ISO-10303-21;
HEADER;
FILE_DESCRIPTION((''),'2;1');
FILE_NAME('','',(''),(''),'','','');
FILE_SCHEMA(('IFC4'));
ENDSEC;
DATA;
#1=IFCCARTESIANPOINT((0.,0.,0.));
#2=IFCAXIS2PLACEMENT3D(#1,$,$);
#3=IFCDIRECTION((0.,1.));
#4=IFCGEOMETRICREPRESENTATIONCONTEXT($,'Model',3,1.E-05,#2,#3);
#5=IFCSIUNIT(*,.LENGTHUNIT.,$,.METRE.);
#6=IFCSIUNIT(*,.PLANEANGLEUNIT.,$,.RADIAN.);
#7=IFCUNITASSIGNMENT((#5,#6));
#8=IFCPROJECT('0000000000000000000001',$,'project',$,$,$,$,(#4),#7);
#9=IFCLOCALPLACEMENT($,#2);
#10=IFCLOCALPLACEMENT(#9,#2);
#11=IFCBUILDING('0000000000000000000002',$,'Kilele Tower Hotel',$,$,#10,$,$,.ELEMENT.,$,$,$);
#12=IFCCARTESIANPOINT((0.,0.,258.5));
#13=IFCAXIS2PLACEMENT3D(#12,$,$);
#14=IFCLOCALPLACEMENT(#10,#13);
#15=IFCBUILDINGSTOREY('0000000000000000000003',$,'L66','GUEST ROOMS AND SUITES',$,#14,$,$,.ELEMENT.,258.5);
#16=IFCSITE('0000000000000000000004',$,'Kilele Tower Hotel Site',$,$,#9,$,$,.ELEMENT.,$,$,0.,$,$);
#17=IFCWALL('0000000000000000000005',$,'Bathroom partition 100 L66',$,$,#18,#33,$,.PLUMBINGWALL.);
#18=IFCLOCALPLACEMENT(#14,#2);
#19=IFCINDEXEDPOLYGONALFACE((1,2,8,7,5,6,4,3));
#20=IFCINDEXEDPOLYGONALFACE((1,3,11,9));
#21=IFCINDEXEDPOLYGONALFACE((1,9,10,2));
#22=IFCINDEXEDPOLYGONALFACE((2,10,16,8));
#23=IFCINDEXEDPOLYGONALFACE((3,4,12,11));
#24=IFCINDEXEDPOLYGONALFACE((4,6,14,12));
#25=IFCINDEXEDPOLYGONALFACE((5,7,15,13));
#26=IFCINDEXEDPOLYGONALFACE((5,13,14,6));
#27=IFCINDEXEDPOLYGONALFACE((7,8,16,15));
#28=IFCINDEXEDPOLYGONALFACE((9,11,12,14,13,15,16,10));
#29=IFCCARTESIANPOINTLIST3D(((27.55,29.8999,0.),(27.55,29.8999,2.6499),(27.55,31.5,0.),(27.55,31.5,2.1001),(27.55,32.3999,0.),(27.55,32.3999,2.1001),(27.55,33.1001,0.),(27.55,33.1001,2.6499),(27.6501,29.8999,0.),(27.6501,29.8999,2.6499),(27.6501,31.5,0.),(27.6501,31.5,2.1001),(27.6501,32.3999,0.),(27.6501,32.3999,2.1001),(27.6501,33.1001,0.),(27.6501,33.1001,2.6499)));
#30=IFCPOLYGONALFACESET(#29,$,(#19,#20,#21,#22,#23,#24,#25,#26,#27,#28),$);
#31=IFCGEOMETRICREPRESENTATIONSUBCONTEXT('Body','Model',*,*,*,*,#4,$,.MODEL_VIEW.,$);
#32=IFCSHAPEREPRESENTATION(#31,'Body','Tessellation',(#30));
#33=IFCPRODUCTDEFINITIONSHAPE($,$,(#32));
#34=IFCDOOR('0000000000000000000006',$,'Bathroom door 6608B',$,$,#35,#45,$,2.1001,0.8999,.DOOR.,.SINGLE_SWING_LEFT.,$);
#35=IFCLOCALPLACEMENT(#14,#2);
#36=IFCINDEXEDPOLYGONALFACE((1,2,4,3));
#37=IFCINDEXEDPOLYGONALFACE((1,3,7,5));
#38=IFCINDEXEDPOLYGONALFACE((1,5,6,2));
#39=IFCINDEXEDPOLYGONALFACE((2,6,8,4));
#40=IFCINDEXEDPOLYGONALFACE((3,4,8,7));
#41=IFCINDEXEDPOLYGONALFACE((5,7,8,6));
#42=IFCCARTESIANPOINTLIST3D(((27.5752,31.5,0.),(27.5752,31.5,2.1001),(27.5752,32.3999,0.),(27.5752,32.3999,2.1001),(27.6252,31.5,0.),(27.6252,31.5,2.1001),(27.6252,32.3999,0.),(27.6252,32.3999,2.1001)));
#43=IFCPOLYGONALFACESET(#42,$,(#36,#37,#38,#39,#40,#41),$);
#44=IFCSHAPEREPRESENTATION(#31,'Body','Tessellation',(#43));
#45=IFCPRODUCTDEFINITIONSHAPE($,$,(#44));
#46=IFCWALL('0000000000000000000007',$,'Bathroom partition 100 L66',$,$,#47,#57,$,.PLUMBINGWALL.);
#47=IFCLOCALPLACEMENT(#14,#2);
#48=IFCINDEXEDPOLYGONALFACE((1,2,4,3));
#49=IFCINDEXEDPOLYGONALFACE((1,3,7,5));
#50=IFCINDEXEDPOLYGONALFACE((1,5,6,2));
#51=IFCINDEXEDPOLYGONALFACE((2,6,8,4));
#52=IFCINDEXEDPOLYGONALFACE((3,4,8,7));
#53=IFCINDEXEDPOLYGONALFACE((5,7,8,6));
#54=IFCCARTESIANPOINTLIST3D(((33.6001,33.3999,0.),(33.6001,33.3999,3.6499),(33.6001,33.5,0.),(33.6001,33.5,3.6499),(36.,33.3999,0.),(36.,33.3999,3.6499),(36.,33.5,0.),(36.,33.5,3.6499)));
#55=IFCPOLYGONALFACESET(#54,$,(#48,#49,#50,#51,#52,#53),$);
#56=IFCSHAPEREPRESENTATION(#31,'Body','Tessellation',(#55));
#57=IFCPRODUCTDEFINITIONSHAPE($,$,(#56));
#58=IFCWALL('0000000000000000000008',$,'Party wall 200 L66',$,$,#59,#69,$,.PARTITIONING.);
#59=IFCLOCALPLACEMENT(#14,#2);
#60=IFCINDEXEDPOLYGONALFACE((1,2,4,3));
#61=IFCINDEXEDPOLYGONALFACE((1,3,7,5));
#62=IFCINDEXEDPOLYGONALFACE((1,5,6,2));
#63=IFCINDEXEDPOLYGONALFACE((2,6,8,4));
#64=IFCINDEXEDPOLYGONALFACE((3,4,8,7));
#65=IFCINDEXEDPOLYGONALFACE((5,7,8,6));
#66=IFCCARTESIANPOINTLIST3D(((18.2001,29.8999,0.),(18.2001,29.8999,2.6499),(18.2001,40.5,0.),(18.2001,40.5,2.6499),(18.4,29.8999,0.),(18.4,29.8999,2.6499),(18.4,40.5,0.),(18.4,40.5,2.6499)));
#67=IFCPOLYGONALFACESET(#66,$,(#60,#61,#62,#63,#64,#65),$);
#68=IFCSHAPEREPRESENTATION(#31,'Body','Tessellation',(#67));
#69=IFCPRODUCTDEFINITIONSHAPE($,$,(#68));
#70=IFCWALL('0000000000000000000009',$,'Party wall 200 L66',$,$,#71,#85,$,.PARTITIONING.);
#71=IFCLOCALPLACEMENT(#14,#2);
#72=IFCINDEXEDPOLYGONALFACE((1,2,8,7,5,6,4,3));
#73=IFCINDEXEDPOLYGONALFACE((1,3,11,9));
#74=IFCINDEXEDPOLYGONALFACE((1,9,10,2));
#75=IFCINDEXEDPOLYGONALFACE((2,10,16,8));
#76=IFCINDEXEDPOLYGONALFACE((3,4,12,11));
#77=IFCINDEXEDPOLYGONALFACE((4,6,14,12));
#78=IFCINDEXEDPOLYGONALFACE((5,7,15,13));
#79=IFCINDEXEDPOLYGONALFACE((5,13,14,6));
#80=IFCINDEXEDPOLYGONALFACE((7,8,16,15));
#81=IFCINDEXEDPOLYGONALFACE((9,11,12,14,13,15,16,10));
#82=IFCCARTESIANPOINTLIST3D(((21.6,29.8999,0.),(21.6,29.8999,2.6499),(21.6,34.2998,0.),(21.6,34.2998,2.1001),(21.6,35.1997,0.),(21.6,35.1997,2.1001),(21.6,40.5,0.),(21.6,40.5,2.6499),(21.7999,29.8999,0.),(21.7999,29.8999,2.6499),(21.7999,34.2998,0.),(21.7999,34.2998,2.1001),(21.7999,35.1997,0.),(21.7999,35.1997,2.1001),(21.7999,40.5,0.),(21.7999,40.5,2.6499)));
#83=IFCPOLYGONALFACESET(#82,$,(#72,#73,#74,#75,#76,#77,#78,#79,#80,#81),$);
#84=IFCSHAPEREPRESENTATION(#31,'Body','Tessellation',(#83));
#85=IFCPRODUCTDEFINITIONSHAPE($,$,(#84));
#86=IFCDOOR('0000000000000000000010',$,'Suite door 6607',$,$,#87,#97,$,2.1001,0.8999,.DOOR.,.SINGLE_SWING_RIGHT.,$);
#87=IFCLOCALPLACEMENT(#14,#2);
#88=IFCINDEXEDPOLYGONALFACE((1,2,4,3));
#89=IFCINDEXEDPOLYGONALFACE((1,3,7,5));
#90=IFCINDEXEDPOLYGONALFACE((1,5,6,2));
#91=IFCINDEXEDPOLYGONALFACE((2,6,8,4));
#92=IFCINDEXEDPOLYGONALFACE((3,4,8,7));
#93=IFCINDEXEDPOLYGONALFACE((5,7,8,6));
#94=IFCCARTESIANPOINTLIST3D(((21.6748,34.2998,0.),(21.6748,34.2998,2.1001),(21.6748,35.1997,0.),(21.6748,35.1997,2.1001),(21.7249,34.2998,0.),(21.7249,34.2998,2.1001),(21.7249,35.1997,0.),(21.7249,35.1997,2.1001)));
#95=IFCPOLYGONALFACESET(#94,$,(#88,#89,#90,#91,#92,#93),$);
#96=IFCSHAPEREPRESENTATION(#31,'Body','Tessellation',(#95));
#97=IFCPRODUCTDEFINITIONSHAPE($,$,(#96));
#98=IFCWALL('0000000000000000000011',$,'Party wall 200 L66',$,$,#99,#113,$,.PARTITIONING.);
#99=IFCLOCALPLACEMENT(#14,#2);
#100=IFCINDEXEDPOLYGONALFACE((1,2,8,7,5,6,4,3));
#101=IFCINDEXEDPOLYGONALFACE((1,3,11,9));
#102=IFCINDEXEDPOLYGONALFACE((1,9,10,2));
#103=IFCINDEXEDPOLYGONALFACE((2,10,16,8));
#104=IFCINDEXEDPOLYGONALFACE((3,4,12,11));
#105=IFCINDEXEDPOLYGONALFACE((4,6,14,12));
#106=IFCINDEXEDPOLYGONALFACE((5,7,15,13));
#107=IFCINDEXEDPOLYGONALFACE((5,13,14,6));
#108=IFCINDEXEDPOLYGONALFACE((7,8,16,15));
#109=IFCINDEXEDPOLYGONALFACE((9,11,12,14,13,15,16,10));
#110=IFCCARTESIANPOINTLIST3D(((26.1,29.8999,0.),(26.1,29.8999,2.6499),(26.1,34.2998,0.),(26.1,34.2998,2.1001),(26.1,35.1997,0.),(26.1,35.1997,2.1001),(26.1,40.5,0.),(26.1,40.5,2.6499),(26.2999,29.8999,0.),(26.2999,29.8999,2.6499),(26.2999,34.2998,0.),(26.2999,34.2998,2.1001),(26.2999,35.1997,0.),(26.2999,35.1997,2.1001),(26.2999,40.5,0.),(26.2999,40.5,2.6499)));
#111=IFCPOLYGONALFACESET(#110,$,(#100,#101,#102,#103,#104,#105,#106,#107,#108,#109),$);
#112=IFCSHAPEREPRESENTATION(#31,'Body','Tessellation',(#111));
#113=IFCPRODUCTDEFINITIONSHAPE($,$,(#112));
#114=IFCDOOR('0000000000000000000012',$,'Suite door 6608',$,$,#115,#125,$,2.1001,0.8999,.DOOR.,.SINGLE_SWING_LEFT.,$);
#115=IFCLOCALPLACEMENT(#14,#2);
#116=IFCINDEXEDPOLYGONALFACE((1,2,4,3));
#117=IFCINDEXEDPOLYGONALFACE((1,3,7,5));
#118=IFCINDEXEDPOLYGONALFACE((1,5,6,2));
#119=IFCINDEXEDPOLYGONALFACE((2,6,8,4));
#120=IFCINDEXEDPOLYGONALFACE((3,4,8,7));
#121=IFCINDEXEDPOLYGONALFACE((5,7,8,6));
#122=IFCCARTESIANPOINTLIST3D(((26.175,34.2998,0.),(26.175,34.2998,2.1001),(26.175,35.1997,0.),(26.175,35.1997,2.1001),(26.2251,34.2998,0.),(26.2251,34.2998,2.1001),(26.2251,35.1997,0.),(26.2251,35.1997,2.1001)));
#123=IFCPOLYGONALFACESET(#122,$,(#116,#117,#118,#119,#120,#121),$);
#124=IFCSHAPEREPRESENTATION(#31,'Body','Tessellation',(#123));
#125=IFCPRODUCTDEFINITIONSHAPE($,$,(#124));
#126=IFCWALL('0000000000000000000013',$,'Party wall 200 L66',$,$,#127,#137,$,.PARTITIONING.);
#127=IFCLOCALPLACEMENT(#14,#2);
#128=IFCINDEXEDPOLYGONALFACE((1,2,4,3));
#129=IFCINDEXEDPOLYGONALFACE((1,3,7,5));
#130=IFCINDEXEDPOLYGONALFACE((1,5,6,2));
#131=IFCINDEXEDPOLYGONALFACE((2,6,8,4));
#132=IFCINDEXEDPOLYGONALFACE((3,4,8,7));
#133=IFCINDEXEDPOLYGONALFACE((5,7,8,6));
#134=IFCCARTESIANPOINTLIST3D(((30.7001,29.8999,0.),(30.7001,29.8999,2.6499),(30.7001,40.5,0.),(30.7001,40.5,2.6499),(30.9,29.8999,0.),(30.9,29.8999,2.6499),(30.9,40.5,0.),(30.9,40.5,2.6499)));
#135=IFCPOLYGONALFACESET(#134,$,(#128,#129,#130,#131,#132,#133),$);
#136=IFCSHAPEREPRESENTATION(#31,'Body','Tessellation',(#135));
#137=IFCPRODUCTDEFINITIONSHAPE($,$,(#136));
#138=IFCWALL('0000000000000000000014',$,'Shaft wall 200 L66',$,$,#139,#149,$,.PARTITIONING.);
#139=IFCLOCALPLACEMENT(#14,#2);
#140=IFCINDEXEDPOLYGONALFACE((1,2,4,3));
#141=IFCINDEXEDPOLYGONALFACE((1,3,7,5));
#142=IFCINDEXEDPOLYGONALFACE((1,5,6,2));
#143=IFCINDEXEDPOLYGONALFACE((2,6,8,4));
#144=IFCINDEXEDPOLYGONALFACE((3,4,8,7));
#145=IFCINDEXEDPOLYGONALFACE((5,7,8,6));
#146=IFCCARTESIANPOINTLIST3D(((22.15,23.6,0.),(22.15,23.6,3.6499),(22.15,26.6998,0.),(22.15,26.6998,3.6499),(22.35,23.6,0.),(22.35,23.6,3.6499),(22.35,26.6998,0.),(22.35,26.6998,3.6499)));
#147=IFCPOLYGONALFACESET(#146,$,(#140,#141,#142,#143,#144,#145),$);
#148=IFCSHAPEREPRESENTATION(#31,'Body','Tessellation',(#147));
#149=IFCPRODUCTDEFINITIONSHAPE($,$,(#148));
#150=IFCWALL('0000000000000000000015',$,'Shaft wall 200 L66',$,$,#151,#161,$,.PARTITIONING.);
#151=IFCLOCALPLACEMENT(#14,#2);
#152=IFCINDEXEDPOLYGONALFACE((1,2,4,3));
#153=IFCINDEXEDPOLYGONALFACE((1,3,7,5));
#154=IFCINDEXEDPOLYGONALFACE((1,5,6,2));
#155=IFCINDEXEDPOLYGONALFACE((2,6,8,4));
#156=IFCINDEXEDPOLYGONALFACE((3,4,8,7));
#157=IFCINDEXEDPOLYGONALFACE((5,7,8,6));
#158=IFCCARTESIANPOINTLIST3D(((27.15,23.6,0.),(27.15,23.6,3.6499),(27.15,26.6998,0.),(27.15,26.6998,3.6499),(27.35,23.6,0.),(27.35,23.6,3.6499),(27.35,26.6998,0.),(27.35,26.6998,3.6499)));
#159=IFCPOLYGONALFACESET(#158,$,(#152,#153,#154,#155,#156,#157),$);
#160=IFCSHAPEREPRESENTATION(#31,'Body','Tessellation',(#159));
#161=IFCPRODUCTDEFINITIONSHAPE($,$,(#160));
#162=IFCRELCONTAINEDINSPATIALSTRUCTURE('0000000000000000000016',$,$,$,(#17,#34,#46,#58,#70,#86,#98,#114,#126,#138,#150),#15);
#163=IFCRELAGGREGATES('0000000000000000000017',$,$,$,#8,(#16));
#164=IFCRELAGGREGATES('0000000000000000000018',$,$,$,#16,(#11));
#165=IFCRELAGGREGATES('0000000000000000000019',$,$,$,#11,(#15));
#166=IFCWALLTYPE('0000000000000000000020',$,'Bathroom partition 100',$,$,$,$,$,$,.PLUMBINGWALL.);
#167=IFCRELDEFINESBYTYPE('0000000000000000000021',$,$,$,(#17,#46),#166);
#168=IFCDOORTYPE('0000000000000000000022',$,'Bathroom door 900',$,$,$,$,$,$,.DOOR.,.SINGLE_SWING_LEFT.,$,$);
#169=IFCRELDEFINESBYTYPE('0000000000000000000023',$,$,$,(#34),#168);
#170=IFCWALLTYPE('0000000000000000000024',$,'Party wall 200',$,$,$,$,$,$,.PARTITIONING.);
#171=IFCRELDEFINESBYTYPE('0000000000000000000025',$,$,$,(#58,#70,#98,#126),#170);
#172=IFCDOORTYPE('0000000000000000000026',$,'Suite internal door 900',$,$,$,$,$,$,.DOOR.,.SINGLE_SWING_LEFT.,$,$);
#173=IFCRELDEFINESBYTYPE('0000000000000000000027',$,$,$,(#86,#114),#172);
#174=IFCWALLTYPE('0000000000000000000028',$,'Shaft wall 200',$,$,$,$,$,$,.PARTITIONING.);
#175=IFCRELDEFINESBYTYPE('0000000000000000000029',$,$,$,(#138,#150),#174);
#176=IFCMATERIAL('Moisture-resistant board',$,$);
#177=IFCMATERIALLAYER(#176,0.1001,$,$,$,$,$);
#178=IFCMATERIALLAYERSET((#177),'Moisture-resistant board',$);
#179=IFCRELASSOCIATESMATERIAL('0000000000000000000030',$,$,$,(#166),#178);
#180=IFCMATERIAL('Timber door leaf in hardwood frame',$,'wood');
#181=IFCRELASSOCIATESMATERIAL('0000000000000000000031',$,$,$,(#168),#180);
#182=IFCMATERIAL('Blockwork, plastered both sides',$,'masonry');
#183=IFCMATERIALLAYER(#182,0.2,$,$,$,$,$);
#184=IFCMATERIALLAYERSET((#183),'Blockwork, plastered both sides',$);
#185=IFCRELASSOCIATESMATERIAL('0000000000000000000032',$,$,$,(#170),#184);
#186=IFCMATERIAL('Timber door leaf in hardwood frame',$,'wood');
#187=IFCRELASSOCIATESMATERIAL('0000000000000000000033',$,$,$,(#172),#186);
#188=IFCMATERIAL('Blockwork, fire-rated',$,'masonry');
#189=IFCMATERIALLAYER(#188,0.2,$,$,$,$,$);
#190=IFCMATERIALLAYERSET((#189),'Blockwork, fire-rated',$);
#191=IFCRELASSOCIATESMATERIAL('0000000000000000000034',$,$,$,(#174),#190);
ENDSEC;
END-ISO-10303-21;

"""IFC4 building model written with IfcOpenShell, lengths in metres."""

from ifc_helpers import new_model, si_unit, direction, frame, frame_2d, origin, place, context, subcontext, project, spatial, rectangle, extrude, material, layer, layer_set, type_object, element, fill, save


model = new_model("IFC4")

# Units and contexts
model_context = context("Model", 3, precision=1e-05, world=origin(), true_north=direction((0.0, 1.0)))
body_context = subcontext(model_context, "Body", "Model", "MODEL_VIEW")
ifc_project = project(units=[si_unit("LENGTHUNIT", "METRE"), si_unit("PLANEANGLEUNIT", "RADIAN")], contexts=[model_context])

# Site, building, storey
site_placement = place(None, origin())
site = spatial("IfcSite", under=ifc_project, at=site_placement, Name="Kilele Tower Hotel Site", CompositionType="ELEMENT", RefElevation=0.0)
building_placement = place(site_placement, origin())
building = spatial("IfcBuilding", under=site, at=building_placement, Name="Kilele Tower Hotel", CompositionType="ELEMENT")
storey_placement = place(building_placement, frame((0.0, 0.0, 258.5)))
storey = spatial("IfcBuildingStorey", under=building, at=storey_placement, Name="L66", Description="GUEST ROOMS AND SUITES", CompositionType="ELEMENT", Elevation=258.5)

# Shared definitions
ifc_material_1 = material(Name="Moisture-resistant board")
ifc_layer_1 = layer(ifc_material_1, 0.1001)
ifc_layer_set_1 = layer_set([ifc_layer_1], Name="Moisture-resistant board")
wall_type_1 = type_object("IfcWallType", Name="Bathroom partition 100", PredefinedType="PLUMBINGWALL", material=ifc_layer_set_1)

# Shared definitions
ifc_material_2 = material(Name="Timber door leaf in hardwood frame", Category="wood")
door_type_1 = type_object("IfcDoorType", Name="Bathroom door 900", OperationType="SINGLE_SWING_LEFT", PredefinedType="DOOR", material=ifc_material_2)

# Wall, opening, door
wall_1_placement = place(storey_placement, frame((27.6001, 29.8999, 0.0), z_axis=(0.0, 0.0, 1.0), x_axis=(0.0, 1.0, 0.0)))
wall_1 = element("IfcWall", 1, at=wall_1_placement, inside=storey, type_object=wall_type_1, Name="Bathroom partition 100 L66", PredefinedType="PLUMBINGWALL", context=body_context, shape_type="SweptSolid", body=[
    extrude(rectangle(XDim=3.2002, YDim=0.1001, at=frame_2d((1.6001, 0.0))), origin(), (0.0, 0.0, 1.0), 2.6499),
])
opening_1_placement = place(wall_1_placement, frame((1.6001, 0.0, 0.0)))
opening_1 = element("IfcOpeningElement", 2, at=opening_1_placement, cuts=wall_1, PredefinedType="OPENING", context=body_context, shape_type="SweptSolid", body=[
    extrude(rectangle(XDim=0.8999, YDim=2.1001, at=frame_2d((0.45, 1.05))), frame((0.0, 0.0601, 0.0), z_axis=(0.0, -1.0, 0.0), x_axis=(1.0, 0.0, 0.0)), (0.0, 0.0, 1.0), 0.1201),
])
door_1_placement = place(opening_1_placement, origin())
door_1 = element("IfcDoor", 3, at=door_1_placement, inside=storey, type_object=door_type_1, Name="Bathroom door 6608B", OperationType="SINGLE_SWING_LEFT", OverallHeight=2.1001, OverallWidth=0.8999, PredefinedType="DOOR", context=body_context, shape_type="SweptSolid", body=[
    extrude(rectangle(XDim=0.8999, YDim=2.1001, at=frame_2d((0.45, 1.05))), frame((0.0, 0.0249, 0.0), z_axis=(0.0, -1.0, 0.0), x_axis=(1.0, 0.0, 0.0)), (0.0, 0.0, 1.0), 0.05),
])
fill(opening_1, door_1)

# Walls
wall_2_placement = place(storey_placement, frame((33.6001, 33.45, 0.0), z_axis=(0.0, 0.0, 1.0), x_axis=(1.0, 0.0, 0.0)))
element("IfcWall", 4, at=wall_2_placement, inside=storey, type_object=wall_type_1, Name="Bathroom partition 100 L66", PredefinedType="PLUMBINGWALL", context=body_context, shape_type="SweptSolid", body=[
    extrude(rectangle(XDim=2.3999, YDim=0.1001, at=frame_2d((1.2, 0.0))), origin(), (0.0, 0.0, 1.0), 3.6499),
])
ifc_material_3 = material(Name="Blockwork, plastered both sides", Category="masonry")
ifc_layer_2 = layer(ifc_material_3, 0.2)
ifc_layer_set_2 = layer_set([ifc_layer_2], Name="Blockwork, plastered both sides")
wall_type_2 = type_object("IfcWallType", Name="Party wall 200", PredefinedType="PARTITIONING", material=ifc_layer_set_2)
wall_3_placement = place(storey_placement, frame((18.3, 29.8999, 0.0), z_axis=(0.0, 0.0, 1.0), x_axis=(0.0, 1.0, 0.0)))
element("IfcWall", 5, at=wall_3_placement, inside=storey, type_object=wall_type_2, Name="Party wall 200 L66", PredefinedType="PARTITIONING", context=body_context, shape_type="SweptSolid", body=[
    extrude(rectangle(XDim=10.6001, YDim=0.2, at=frame_2d((5.3, 0.0))), origin(), (0.0, 0.0, 1.0), 2.6499),
])

# Walls, openings, doors
wall_4_placement = place(storey_placement, frame((21.7, 29.8999, 0.0), z_axis=(0.0, 0.0, 1.0), x_axis=(0.0, 1.0, 0.0)))
wall_4 = element("IfcWall", 6, at=wall_4_placement, inside=storey, type_object=wall_type_2, Name="Party wall 200 L66", PredefinedType="PARTITIONING", context=body_context, shape_type="SweptSolid", body=[
    extrude(rectangle(XDim=10.6001, YDim=0.2, at=frame_2d((5.3, 0.0))), origin(), (0.0, 0.0, 1.0), 2.6499),
])
opening_2_placement = place(wall_4_placement, frame((5.2998, 0.0, 0.0), z_axis=(0.0, 0.0, 1.0), x_axis=(-1.0, 0.0, 0.0)))
opening_2 = element("IfcOpeningElement", 7, at=opening_2_placement, cuts=wall_4, PredefinedType="OPENING", context=body_context, shape_type="SweptSolid", body=[
    extrude(rectangle(XDim=0.8999, YDim=2.1001, at=frame_2d((0.45, 1.05))), frame((0.0, 0.1099, 0.0), z_axis=(0.0, -1.0, 0.0), x_axis=(1.0, 0.0, 0.0)), (0.0, 0.0, 1.0), 0.22),
])
ifc_material_4 = material(Name="Timber door leaf in hardwood frame", Category="wood")
door_type_2 = type_object("IfcDoorType", Name="Suite internal door 900", OperationType="SINGLE_SWING_LEFT", PredefinedType="DOOR", material=ifc_material_4)
door_2_placement = place(opening_2_placement, origin())
door_2 = element("IfcDoor", 8, at=door_2_placement, inside=storey, type_object=door_type_2, Name="Suite door 6607", OperationType="SINGLE_SWING_RIGHT", OverallHeight=2.1001, OverallWidth=0.8999, PredefinedType="DOOR", context=body_context, shape_type="SweptSolid", body=[
    extrude(rectangle(XDim=0.8999, YDim=2.1001, at=frame_2d((0.45, 1.05))), frame((0.0, 0.0249, 0.0), z_axis=(0.0, -1.0, 0.0), x_axis=(1.0, 0.0, 0.0)), (0.0, 0.0, 1.0), 0.05),
])
fill(opening_2, door_2)
wall_5_placement = place(storey_placement, frame((26.2, 29.8999, 0.0), z_axis=(0.0, 0.0, 1.0), x_axis=(0.0, 1.0, 0.0)))
wall_5 = element("IfcWall", 9, at=wall_5_placement, inside=storey, type_object=wall_type_2, Name="Party wall 200 L66", PredefinedType="PARTITIONING", context=body_context, shape_type="SweptSolid", body=[
    extrude(rectangle(XDim=10.6001, YDim=0.2, at=frame_2d((5.3, 0.0))), origin(), (0.0, 0.0, 1.0), 2.6499),
])
opening_3_placement = place(wall_5_placement, frame((4.3999, 0.0, 0.0)))
opening_3 = element("IfcOpeningElement", 10, at=opening_3_placement, cuts=wall_5, PredefinedType="OPENING", context=body_context, shape_type="SweptSolid", body=[
    extrude(rectangle(XDim=0.8999, YDim=2.1001, at=frame_2d((0.45, 1.05))), frame((0.0, 0.1099, 0.0), z_axis=(0.0, -1.0, 0.0), x_axis=(1.0, 0.0, 0.0)), (0.0, 0.0, 1.0), 0.22),
])
door_3_placement = place(opening_3_placement, origin())
door_3 = element("IfcDoor", 11, at=door_3_placement, inside=storey, type_object=door_type_2, Name="Suite door 6608", OperationType="SINGLE_SWING_LEFT", OverallHeight=2.1001, OverallWidth=0.8999, PredefinedType="DOOR", context=body_context, shape_type="SweptSolid", body=[
    extrude(rectangle(XDim=0.8999, YDim=2.1001, at=frame_2d((0.45, 1.05))), frame((0.0, 0.0249, 0.0), z_axis=(0.0, -1.0, 0.0), x_axis=(1.0, 0.0, 0.0)), (0.0, 0.0, 1.0), 0.05),
])
fill(opening_3, door_3)

# Walls
wall_6_placement = place(storey_placement, frame((30.8, 29.8999, 0.0), z_axis=(0.0, 0.0, 1.0), x_axis=(0.0, 1.0, 0.0)))
element("IfcWall", 12, at=wall_6_placement, inside=storey, type_object=wall_type_2, Name="Party wall 200 L66", PredefinedType="PARTITIONING", context=body_context, shape_type="SweptSolid", body=[
    extrude(rectangle(XDim=10.6001, YDim=0.2, at=frame_2d((5.3, 0.0))), origin(), (0.0, 0.0, 1.0), 2.6499),
])
ifc_material_5 = material(Name="Blockwork, fire-rated", Category="masonry")
ifc_layer_3 = layer(ifc_material_5, 0.2)
ifc_layer_set_3 = layer_set([ifc_layer_3], Name="Blockwork, fire-rated")
wall_type_3 = type_object("IfcWallType", Name="Shaft wall 200", PredefinedType="PARTITIONING", material=ifc_layer_set_3)
for number, where, z_axis, x_axis, name in (
    (13, (22.25, 23.6001, 0.0), (0.0, 0.0, 1.0), (0.0, 1.0, 0.0), "Shaft wall 200 L66"),
    (14, (27.25, 23.6001, 0.0), (0.0, 0.0, 1.0), (0.0, 1.0, 0.0), "Shaft wall 200 L66"),
):
    element("IfcWall", number, at=place(storey_placement, frame(where, z_axis=z_axis, x_axis=x_axis)), inside=storey, type_object=wall_type_3, Name=name, PredefinedType="PARTITIONING", context=body_context, shape_type="SweptSolid", body=[
        extrude(rectangle(XDim=3.0999, YDim=0.2, at=frame_2d((1.5498, 0.0))), origin(), (0.0, 0.0, 1.0), 3.6499),
    ])

save(model, "model.ifc")
